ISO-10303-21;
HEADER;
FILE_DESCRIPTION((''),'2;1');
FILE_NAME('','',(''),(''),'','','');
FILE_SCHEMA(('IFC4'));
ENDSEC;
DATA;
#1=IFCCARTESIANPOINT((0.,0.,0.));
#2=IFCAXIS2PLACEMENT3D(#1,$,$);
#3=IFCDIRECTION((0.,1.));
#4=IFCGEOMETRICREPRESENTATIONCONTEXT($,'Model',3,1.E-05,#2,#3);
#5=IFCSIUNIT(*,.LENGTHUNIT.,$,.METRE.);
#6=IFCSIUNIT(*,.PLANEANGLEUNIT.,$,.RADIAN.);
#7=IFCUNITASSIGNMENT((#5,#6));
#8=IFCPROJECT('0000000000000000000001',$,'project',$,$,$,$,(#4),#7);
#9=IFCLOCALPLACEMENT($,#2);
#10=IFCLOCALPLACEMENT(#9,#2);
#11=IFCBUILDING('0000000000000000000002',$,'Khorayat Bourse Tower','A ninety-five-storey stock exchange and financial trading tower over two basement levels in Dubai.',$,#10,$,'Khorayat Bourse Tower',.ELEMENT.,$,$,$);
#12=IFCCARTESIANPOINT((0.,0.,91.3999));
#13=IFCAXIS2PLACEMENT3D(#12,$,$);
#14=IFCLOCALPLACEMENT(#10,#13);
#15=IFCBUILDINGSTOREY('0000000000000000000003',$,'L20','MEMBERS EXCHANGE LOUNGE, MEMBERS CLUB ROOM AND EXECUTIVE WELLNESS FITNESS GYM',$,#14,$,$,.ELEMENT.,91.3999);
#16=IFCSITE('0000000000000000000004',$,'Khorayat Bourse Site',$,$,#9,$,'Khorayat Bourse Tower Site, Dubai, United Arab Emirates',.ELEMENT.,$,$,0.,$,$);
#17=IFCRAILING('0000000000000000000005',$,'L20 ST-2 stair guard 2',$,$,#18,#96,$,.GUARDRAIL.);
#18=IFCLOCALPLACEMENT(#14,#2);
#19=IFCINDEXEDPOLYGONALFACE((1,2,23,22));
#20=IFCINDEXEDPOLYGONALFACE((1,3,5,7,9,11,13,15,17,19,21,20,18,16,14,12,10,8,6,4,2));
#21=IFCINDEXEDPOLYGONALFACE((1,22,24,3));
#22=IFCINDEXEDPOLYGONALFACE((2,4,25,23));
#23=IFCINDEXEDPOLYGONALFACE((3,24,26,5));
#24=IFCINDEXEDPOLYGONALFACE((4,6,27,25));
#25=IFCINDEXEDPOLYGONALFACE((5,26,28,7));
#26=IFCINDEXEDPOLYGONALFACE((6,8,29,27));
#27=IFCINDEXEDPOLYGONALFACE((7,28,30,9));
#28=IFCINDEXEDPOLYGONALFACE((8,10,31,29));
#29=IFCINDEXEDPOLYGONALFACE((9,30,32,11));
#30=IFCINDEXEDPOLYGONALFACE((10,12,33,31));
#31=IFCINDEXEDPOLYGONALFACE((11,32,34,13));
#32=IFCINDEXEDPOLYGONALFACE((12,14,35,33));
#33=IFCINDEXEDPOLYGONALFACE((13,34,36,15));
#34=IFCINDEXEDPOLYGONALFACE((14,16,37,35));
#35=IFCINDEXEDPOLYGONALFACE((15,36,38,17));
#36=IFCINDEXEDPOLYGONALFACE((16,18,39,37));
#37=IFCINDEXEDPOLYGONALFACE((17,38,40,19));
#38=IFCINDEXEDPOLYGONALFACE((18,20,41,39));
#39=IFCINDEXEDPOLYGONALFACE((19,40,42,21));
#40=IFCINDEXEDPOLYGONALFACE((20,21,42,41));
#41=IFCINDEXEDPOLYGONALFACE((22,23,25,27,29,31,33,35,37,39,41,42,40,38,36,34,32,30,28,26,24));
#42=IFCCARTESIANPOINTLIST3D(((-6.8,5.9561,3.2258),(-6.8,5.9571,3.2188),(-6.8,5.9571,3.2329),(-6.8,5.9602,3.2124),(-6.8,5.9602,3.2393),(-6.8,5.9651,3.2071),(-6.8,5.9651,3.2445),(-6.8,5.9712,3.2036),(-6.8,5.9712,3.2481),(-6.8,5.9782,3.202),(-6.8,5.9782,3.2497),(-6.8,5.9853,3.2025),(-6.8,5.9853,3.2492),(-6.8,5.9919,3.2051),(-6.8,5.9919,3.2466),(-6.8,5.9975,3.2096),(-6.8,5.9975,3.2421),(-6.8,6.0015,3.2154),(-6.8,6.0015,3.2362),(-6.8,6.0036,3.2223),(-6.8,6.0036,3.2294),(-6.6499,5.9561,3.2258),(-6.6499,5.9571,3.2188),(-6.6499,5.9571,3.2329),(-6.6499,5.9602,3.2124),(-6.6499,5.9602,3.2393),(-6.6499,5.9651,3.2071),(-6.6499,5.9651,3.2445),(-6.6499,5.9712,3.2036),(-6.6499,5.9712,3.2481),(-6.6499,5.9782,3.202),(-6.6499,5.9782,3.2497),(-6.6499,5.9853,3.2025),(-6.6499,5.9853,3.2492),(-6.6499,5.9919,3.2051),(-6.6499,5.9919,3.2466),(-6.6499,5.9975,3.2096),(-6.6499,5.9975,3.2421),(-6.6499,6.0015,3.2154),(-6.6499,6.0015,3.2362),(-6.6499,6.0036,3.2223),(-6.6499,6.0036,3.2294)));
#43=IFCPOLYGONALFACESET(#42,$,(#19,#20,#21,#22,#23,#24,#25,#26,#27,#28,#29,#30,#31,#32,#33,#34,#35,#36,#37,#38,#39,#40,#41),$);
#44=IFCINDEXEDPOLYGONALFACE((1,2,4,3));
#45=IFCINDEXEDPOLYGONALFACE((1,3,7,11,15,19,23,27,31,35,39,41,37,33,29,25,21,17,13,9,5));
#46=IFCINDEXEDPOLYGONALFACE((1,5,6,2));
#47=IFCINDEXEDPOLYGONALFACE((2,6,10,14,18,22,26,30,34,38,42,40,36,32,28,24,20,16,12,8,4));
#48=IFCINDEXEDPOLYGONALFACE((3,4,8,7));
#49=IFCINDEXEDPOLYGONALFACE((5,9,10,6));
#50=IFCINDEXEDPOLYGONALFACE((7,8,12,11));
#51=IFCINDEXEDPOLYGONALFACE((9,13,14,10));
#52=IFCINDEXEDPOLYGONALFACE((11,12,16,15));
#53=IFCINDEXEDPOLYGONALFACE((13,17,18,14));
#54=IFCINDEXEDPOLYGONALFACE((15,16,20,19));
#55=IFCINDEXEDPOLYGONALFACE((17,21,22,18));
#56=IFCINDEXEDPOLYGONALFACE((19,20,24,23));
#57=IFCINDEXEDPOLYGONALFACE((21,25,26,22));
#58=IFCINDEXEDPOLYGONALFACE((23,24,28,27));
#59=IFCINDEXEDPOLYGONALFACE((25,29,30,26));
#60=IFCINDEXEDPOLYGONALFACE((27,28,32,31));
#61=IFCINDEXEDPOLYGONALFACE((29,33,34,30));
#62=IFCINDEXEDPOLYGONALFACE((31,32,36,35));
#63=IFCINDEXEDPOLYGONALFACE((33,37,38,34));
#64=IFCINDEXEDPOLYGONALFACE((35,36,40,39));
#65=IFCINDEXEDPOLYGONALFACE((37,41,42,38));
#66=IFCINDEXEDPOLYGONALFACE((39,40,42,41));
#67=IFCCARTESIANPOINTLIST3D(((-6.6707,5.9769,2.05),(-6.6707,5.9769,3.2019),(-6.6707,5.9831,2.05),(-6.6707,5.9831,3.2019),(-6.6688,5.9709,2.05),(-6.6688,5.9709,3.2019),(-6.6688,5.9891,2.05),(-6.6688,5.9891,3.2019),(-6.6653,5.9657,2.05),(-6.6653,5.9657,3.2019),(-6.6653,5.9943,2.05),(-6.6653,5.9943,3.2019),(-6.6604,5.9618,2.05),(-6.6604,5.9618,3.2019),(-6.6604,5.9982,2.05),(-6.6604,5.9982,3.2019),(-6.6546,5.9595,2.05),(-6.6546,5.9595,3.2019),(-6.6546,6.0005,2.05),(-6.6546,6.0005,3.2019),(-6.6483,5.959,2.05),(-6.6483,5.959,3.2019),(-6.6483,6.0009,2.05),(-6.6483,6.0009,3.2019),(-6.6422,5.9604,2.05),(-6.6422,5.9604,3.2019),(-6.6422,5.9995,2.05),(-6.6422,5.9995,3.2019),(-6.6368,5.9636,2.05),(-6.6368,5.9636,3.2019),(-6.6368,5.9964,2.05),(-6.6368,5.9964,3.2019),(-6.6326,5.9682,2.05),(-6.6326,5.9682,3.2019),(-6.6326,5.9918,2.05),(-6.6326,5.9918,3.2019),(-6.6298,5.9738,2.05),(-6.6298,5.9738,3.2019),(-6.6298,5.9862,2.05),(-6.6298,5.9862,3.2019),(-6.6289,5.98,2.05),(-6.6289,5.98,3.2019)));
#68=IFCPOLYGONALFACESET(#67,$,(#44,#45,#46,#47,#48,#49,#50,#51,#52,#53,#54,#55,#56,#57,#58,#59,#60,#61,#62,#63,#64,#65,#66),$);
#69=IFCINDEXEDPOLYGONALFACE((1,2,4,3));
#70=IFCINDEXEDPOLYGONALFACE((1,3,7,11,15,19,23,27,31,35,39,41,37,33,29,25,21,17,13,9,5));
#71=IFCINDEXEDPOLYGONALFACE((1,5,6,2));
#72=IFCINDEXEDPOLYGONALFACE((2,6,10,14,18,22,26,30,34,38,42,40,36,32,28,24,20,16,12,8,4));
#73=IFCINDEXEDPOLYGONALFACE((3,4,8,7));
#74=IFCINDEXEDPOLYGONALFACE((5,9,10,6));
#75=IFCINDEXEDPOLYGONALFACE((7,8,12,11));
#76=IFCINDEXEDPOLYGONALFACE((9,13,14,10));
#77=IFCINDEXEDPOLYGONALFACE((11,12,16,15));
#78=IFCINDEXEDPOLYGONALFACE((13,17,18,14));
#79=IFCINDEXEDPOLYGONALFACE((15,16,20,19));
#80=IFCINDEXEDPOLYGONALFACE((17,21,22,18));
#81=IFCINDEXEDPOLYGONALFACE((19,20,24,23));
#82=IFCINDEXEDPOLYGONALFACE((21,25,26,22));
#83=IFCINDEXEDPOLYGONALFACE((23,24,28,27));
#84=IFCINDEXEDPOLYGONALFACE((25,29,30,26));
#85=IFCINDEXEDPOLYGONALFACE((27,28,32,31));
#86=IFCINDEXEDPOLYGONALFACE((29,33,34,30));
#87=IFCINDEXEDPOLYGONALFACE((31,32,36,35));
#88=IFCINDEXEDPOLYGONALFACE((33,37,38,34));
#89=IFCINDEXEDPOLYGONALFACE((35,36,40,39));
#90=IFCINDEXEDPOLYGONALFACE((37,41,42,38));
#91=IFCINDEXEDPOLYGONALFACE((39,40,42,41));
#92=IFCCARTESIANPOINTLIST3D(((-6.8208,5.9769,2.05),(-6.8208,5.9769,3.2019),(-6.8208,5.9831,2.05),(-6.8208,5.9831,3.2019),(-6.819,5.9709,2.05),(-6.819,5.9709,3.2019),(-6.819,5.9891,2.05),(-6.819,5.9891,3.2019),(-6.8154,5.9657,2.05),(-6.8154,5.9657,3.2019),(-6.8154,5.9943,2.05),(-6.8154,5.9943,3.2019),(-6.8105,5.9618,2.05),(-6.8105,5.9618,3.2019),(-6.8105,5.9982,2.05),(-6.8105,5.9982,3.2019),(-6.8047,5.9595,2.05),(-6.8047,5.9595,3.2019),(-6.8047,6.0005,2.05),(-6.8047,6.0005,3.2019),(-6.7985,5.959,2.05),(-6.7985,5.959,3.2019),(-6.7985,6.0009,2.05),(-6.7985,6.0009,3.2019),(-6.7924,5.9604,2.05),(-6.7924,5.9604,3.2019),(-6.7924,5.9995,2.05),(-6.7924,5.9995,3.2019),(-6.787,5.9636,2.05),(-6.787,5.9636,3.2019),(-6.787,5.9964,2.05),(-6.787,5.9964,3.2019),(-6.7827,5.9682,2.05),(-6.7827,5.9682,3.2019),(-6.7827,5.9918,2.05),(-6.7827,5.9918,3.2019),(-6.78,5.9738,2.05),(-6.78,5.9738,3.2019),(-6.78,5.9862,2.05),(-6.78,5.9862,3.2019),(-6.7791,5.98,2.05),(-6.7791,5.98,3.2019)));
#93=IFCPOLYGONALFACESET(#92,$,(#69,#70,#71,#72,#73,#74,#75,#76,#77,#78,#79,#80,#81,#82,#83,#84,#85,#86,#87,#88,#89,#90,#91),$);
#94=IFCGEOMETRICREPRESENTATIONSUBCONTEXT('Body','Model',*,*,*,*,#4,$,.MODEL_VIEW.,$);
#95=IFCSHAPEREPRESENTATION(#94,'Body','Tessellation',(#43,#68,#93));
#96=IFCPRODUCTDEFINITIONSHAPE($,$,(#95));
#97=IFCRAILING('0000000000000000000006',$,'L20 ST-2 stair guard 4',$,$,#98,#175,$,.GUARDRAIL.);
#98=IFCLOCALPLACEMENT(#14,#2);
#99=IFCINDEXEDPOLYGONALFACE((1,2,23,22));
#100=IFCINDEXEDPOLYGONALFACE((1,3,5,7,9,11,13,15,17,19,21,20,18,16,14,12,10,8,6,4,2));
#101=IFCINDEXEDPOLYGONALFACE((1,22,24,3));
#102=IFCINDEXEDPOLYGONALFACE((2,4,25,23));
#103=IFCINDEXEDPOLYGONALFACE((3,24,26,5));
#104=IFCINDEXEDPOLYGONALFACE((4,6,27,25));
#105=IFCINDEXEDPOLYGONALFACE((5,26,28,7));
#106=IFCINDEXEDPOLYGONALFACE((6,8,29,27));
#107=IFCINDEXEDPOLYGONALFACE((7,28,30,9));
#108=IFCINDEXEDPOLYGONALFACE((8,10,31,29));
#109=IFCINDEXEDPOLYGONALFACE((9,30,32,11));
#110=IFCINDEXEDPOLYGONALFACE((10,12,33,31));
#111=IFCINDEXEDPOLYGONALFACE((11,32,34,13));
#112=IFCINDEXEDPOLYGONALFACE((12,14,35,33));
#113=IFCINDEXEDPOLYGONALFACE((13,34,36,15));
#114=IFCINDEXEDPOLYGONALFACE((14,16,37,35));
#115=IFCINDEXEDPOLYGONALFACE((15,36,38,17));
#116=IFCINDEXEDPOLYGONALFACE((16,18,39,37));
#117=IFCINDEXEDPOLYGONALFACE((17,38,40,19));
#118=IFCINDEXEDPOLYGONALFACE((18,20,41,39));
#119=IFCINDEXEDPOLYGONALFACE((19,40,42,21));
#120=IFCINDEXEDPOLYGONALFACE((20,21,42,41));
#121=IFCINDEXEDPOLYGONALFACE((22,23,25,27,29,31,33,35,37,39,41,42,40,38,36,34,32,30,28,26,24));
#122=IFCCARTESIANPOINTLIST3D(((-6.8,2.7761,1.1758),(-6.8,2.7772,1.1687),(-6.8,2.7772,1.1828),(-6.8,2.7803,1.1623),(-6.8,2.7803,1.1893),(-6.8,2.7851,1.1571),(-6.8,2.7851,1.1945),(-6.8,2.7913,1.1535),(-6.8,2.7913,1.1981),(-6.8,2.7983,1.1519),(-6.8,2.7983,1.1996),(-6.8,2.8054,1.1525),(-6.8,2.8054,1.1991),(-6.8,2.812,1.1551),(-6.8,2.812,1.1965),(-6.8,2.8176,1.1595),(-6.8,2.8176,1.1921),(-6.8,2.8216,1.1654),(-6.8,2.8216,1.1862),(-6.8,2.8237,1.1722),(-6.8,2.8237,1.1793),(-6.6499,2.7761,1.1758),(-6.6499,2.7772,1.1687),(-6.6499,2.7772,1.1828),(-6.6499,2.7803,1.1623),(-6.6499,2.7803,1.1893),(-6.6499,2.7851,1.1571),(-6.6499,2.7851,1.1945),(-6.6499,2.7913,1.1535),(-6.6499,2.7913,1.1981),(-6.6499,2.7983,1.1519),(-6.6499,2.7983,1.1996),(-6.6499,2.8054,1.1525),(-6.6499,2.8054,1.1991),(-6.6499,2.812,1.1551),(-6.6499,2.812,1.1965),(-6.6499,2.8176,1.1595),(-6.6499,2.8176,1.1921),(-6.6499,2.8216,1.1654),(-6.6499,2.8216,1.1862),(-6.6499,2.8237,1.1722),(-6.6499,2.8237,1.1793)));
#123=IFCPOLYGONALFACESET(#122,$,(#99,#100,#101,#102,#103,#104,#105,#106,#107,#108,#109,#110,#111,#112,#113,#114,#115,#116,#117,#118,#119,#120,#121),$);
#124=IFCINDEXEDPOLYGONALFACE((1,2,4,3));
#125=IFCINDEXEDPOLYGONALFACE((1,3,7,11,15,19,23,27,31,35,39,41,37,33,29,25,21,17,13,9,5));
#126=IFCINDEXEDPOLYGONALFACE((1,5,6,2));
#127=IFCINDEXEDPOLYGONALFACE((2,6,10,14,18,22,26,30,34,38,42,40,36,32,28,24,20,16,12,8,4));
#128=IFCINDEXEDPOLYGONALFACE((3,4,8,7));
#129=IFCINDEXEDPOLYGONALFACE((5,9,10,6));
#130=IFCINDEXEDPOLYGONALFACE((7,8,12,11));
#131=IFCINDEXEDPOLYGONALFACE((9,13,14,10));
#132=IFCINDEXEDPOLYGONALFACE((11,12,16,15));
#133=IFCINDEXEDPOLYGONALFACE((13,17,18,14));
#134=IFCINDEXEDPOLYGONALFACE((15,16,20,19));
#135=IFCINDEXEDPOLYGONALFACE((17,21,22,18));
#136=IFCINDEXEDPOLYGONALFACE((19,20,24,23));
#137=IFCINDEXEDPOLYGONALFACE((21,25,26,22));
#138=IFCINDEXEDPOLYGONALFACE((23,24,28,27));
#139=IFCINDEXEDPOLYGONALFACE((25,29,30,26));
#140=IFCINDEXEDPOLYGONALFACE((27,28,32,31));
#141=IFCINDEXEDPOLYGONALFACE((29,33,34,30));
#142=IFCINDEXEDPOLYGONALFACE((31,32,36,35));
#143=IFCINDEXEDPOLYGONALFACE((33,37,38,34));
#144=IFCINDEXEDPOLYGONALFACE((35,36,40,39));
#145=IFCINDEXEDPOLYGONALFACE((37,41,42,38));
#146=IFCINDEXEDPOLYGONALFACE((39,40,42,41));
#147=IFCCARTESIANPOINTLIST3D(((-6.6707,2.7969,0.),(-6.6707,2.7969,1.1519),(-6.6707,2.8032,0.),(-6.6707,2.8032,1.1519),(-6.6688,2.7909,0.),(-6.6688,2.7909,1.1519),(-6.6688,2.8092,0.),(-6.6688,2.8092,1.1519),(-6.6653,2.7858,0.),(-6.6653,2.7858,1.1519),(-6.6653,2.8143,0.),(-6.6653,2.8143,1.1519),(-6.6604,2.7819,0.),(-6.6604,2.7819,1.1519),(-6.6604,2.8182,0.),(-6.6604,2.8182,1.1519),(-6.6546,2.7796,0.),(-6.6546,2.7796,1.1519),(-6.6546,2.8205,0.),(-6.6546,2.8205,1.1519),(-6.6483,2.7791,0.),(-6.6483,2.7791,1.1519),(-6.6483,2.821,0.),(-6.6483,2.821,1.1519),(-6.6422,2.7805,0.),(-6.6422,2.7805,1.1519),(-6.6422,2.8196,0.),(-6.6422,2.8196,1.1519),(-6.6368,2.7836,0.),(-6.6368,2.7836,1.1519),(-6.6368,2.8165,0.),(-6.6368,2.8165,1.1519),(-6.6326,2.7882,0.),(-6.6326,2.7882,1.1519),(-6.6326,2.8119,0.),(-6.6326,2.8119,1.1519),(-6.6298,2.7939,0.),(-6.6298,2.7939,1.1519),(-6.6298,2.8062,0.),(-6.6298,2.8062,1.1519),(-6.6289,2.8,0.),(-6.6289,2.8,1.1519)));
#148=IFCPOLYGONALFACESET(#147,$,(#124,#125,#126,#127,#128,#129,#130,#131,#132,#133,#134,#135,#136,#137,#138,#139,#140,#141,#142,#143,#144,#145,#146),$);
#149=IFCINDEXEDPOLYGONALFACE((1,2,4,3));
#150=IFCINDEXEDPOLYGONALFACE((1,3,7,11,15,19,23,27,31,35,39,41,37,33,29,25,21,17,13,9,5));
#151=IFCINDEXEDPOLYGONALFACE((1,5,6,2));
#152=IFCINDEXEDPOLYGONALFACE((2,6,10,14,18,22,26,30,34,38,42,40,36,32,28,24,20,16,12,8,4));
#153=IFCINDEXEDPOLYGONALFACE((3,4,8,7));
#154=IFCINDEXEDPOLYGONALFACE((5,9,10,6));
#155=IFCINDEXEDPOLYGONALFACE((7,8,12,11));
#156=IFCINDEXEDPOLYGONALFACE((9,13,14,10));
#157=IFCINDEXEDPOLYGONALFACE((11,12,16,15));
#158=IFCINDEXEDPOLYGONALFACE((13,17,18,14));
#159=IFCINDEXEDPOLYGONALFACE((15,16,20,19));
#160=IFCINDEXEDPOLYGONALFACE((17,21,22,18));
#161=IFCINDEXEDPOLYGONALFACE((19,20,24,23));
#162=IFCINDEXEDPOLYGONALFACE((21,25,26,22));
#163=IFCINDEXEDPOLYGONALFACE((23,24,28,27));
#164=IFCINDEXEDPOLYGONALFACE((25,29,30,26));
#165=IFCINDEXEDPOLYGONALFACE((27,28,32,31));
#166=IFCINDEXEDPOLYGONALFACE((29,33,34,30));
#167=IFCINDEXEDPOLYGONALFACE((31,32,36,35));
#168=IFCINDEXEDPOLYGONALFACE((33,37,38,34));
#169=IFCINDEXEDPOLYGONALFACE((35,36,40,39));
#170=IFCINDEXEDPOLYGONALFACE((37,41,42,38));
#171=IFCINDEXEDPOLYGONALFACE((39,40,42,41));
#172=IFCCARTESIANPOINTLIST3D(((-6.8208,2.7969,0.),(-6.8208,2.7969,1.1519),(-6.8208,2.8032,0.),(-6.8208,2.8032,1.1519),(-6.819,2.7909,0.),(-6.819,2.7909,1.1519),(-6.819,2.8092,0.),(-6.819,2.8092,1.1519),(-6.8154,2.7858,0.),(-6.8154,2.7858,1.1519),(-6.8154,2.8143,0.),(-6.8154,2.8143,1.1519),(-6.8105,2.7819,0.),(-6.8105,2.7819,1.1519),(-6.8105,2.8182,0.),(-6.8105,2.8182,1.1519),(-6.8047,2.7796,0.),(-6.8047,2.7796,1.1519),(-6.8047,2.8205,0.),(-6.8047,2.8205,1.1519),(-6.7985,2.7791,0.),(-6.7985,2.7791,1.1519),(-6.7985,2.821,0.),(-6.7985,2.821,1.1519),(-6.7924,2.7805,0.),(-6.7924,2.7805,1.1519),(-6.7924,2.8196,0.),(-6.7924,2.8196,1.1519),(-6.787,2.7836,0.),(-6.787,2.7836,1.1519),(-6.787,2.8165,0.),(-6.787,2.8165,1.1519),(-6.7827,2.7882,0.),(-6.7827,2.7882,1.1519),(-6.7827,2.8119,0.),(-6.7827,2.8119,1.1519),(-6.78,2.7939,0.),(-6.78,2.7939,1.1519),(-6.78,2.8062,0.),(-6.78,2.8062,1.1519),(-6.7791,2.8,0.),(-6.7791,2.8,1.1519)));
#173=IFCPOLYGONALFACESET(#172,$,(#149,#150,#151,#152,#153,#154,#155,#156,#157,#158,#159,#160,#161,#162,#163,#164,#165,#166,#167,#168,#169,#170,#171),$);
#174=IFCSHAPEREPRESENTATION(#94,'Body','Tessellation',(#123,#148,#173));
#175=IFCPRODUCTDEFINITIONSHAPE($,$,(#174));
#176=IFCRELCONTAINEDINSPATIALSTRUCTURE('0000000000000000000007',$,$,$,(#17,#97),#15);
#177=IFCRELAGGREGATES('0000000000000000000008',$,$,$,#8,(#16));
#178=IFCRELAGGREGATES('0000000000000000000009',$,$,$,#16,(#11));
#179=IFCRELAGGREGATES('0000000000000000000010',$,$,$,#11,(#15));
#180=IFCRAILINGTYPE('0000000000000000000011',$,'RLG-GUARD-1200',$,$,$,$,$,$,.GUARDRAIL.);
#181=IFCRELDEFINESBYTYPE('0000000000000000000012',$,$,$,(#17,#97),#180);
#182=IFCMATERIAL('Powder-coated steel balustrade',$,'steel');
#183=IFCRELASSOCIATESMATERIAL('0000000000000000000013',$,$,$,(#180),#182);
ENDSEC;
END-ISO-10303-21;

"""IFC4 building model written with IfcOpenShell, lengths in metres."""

from ifc_helpers import new_model, si_unit, direction, frame, origin, origin_2d, place, context, subcontext, project, spatial, circle, extrude, source, transform, mapped, material, type_object, element, save


model = new_model("IFC4")

# Units and contexts
model_context = context("Model", 3, precision=1e-05, world=origin(), true_north=direction((0.0, 1.0)))
body_context = subcontext(model_context, "Body", "Model", "MODEL_VIEW")
ifc_project = project(units=[si_unit("LENGTHUNIT", "METRE"), si_unit("PLANEANGLEUNIT", "RADIAN")], contexts=[model_context])

# Site, building, storey
site_placement = place(None, origin())
site = spatial("IfcSite", under=ifc_project, at=site_placement, Name="Khorayat Bourse Site", LongName="Khorayat Bourse Tower Site, Dubai, United Arab Emirates", CompositionType="ELEMENT", RefElevation=0.0)
building_placement = place(site_placement, origin())
building = spatial("IfcBuilding", under=site, at=building_placement, Name="Khorayat Bourse Tower", Description="A ninety-five-storey stock exchange and financial trading tower over two basement levels in Dubai.", LongName="Khorayat Bourse Tower", CompositionType="ELEMENT")
storey_placement = place(building_placement, frame((0.0, 0.0, 91.3999)))
storey = spatial("IfcBuildingStorey", under=building, at=storey_placement, Name="L20", Description="MEMBERS EXCHANGE LOUNGE, MEMBERS CLUB ROOM AND EXECUTIVE WELLNESS FITNESS GYM", CompositionType="ELEMENT", Elevation=91.3999)

# Railings
ifc_material_1 = material(Name="Powder-coated steel balustrade", Category="steel")
railing_type_1 = type_object("IfcRailingType", Name="RLG-GUARD-1200", PredefinedType="GUARDRAIL", material=ifc_material_1)
shared_shape_1 = source(origin(), body_context, "Body", "SweptSolid", [
    extrude(circle(Radius=0.0239, at=origin_2d()), frame((0.0, 0.0, 1.1758), z_axis=(-1.0, 0.0, 0.0), x_axis=(0.0, -1.0, 0.0)), (0.0, 0.0, 1.0), 0.1501),
    extrude(circle(Radius=0.021, at=origin_2d()), origin(), (0.0, 0.0, 1.0), 1.1519),
    extrude(circle(Radius=0.021, at=origin_2d()), frame((-0.1501, 0.0, 0.0)), (0.0, 0.0, 1.0), 1.1519),
])
for number, where, name in (
    (1, (-6.6499, 5.98, 2.05), "L20 ST-2 stair guard 2"),
    (2, (-6.6499, 2.8, 0.0), "L20 ST-2 stair guard 4"),
):
    element("IfcRailing", number, at=place(storey_placement, frame(where)), inside=storey, type_object=railing_type_1, Name=name, PredefinedType="GUARDRAIL", context=body_context, shape_type="MappedRepresentation", body=[
        mapped(shared_shape_1, transform((0.0, 0.0, 0.0), scale=1.0)),
    ])

save(model, "model.ifc")
